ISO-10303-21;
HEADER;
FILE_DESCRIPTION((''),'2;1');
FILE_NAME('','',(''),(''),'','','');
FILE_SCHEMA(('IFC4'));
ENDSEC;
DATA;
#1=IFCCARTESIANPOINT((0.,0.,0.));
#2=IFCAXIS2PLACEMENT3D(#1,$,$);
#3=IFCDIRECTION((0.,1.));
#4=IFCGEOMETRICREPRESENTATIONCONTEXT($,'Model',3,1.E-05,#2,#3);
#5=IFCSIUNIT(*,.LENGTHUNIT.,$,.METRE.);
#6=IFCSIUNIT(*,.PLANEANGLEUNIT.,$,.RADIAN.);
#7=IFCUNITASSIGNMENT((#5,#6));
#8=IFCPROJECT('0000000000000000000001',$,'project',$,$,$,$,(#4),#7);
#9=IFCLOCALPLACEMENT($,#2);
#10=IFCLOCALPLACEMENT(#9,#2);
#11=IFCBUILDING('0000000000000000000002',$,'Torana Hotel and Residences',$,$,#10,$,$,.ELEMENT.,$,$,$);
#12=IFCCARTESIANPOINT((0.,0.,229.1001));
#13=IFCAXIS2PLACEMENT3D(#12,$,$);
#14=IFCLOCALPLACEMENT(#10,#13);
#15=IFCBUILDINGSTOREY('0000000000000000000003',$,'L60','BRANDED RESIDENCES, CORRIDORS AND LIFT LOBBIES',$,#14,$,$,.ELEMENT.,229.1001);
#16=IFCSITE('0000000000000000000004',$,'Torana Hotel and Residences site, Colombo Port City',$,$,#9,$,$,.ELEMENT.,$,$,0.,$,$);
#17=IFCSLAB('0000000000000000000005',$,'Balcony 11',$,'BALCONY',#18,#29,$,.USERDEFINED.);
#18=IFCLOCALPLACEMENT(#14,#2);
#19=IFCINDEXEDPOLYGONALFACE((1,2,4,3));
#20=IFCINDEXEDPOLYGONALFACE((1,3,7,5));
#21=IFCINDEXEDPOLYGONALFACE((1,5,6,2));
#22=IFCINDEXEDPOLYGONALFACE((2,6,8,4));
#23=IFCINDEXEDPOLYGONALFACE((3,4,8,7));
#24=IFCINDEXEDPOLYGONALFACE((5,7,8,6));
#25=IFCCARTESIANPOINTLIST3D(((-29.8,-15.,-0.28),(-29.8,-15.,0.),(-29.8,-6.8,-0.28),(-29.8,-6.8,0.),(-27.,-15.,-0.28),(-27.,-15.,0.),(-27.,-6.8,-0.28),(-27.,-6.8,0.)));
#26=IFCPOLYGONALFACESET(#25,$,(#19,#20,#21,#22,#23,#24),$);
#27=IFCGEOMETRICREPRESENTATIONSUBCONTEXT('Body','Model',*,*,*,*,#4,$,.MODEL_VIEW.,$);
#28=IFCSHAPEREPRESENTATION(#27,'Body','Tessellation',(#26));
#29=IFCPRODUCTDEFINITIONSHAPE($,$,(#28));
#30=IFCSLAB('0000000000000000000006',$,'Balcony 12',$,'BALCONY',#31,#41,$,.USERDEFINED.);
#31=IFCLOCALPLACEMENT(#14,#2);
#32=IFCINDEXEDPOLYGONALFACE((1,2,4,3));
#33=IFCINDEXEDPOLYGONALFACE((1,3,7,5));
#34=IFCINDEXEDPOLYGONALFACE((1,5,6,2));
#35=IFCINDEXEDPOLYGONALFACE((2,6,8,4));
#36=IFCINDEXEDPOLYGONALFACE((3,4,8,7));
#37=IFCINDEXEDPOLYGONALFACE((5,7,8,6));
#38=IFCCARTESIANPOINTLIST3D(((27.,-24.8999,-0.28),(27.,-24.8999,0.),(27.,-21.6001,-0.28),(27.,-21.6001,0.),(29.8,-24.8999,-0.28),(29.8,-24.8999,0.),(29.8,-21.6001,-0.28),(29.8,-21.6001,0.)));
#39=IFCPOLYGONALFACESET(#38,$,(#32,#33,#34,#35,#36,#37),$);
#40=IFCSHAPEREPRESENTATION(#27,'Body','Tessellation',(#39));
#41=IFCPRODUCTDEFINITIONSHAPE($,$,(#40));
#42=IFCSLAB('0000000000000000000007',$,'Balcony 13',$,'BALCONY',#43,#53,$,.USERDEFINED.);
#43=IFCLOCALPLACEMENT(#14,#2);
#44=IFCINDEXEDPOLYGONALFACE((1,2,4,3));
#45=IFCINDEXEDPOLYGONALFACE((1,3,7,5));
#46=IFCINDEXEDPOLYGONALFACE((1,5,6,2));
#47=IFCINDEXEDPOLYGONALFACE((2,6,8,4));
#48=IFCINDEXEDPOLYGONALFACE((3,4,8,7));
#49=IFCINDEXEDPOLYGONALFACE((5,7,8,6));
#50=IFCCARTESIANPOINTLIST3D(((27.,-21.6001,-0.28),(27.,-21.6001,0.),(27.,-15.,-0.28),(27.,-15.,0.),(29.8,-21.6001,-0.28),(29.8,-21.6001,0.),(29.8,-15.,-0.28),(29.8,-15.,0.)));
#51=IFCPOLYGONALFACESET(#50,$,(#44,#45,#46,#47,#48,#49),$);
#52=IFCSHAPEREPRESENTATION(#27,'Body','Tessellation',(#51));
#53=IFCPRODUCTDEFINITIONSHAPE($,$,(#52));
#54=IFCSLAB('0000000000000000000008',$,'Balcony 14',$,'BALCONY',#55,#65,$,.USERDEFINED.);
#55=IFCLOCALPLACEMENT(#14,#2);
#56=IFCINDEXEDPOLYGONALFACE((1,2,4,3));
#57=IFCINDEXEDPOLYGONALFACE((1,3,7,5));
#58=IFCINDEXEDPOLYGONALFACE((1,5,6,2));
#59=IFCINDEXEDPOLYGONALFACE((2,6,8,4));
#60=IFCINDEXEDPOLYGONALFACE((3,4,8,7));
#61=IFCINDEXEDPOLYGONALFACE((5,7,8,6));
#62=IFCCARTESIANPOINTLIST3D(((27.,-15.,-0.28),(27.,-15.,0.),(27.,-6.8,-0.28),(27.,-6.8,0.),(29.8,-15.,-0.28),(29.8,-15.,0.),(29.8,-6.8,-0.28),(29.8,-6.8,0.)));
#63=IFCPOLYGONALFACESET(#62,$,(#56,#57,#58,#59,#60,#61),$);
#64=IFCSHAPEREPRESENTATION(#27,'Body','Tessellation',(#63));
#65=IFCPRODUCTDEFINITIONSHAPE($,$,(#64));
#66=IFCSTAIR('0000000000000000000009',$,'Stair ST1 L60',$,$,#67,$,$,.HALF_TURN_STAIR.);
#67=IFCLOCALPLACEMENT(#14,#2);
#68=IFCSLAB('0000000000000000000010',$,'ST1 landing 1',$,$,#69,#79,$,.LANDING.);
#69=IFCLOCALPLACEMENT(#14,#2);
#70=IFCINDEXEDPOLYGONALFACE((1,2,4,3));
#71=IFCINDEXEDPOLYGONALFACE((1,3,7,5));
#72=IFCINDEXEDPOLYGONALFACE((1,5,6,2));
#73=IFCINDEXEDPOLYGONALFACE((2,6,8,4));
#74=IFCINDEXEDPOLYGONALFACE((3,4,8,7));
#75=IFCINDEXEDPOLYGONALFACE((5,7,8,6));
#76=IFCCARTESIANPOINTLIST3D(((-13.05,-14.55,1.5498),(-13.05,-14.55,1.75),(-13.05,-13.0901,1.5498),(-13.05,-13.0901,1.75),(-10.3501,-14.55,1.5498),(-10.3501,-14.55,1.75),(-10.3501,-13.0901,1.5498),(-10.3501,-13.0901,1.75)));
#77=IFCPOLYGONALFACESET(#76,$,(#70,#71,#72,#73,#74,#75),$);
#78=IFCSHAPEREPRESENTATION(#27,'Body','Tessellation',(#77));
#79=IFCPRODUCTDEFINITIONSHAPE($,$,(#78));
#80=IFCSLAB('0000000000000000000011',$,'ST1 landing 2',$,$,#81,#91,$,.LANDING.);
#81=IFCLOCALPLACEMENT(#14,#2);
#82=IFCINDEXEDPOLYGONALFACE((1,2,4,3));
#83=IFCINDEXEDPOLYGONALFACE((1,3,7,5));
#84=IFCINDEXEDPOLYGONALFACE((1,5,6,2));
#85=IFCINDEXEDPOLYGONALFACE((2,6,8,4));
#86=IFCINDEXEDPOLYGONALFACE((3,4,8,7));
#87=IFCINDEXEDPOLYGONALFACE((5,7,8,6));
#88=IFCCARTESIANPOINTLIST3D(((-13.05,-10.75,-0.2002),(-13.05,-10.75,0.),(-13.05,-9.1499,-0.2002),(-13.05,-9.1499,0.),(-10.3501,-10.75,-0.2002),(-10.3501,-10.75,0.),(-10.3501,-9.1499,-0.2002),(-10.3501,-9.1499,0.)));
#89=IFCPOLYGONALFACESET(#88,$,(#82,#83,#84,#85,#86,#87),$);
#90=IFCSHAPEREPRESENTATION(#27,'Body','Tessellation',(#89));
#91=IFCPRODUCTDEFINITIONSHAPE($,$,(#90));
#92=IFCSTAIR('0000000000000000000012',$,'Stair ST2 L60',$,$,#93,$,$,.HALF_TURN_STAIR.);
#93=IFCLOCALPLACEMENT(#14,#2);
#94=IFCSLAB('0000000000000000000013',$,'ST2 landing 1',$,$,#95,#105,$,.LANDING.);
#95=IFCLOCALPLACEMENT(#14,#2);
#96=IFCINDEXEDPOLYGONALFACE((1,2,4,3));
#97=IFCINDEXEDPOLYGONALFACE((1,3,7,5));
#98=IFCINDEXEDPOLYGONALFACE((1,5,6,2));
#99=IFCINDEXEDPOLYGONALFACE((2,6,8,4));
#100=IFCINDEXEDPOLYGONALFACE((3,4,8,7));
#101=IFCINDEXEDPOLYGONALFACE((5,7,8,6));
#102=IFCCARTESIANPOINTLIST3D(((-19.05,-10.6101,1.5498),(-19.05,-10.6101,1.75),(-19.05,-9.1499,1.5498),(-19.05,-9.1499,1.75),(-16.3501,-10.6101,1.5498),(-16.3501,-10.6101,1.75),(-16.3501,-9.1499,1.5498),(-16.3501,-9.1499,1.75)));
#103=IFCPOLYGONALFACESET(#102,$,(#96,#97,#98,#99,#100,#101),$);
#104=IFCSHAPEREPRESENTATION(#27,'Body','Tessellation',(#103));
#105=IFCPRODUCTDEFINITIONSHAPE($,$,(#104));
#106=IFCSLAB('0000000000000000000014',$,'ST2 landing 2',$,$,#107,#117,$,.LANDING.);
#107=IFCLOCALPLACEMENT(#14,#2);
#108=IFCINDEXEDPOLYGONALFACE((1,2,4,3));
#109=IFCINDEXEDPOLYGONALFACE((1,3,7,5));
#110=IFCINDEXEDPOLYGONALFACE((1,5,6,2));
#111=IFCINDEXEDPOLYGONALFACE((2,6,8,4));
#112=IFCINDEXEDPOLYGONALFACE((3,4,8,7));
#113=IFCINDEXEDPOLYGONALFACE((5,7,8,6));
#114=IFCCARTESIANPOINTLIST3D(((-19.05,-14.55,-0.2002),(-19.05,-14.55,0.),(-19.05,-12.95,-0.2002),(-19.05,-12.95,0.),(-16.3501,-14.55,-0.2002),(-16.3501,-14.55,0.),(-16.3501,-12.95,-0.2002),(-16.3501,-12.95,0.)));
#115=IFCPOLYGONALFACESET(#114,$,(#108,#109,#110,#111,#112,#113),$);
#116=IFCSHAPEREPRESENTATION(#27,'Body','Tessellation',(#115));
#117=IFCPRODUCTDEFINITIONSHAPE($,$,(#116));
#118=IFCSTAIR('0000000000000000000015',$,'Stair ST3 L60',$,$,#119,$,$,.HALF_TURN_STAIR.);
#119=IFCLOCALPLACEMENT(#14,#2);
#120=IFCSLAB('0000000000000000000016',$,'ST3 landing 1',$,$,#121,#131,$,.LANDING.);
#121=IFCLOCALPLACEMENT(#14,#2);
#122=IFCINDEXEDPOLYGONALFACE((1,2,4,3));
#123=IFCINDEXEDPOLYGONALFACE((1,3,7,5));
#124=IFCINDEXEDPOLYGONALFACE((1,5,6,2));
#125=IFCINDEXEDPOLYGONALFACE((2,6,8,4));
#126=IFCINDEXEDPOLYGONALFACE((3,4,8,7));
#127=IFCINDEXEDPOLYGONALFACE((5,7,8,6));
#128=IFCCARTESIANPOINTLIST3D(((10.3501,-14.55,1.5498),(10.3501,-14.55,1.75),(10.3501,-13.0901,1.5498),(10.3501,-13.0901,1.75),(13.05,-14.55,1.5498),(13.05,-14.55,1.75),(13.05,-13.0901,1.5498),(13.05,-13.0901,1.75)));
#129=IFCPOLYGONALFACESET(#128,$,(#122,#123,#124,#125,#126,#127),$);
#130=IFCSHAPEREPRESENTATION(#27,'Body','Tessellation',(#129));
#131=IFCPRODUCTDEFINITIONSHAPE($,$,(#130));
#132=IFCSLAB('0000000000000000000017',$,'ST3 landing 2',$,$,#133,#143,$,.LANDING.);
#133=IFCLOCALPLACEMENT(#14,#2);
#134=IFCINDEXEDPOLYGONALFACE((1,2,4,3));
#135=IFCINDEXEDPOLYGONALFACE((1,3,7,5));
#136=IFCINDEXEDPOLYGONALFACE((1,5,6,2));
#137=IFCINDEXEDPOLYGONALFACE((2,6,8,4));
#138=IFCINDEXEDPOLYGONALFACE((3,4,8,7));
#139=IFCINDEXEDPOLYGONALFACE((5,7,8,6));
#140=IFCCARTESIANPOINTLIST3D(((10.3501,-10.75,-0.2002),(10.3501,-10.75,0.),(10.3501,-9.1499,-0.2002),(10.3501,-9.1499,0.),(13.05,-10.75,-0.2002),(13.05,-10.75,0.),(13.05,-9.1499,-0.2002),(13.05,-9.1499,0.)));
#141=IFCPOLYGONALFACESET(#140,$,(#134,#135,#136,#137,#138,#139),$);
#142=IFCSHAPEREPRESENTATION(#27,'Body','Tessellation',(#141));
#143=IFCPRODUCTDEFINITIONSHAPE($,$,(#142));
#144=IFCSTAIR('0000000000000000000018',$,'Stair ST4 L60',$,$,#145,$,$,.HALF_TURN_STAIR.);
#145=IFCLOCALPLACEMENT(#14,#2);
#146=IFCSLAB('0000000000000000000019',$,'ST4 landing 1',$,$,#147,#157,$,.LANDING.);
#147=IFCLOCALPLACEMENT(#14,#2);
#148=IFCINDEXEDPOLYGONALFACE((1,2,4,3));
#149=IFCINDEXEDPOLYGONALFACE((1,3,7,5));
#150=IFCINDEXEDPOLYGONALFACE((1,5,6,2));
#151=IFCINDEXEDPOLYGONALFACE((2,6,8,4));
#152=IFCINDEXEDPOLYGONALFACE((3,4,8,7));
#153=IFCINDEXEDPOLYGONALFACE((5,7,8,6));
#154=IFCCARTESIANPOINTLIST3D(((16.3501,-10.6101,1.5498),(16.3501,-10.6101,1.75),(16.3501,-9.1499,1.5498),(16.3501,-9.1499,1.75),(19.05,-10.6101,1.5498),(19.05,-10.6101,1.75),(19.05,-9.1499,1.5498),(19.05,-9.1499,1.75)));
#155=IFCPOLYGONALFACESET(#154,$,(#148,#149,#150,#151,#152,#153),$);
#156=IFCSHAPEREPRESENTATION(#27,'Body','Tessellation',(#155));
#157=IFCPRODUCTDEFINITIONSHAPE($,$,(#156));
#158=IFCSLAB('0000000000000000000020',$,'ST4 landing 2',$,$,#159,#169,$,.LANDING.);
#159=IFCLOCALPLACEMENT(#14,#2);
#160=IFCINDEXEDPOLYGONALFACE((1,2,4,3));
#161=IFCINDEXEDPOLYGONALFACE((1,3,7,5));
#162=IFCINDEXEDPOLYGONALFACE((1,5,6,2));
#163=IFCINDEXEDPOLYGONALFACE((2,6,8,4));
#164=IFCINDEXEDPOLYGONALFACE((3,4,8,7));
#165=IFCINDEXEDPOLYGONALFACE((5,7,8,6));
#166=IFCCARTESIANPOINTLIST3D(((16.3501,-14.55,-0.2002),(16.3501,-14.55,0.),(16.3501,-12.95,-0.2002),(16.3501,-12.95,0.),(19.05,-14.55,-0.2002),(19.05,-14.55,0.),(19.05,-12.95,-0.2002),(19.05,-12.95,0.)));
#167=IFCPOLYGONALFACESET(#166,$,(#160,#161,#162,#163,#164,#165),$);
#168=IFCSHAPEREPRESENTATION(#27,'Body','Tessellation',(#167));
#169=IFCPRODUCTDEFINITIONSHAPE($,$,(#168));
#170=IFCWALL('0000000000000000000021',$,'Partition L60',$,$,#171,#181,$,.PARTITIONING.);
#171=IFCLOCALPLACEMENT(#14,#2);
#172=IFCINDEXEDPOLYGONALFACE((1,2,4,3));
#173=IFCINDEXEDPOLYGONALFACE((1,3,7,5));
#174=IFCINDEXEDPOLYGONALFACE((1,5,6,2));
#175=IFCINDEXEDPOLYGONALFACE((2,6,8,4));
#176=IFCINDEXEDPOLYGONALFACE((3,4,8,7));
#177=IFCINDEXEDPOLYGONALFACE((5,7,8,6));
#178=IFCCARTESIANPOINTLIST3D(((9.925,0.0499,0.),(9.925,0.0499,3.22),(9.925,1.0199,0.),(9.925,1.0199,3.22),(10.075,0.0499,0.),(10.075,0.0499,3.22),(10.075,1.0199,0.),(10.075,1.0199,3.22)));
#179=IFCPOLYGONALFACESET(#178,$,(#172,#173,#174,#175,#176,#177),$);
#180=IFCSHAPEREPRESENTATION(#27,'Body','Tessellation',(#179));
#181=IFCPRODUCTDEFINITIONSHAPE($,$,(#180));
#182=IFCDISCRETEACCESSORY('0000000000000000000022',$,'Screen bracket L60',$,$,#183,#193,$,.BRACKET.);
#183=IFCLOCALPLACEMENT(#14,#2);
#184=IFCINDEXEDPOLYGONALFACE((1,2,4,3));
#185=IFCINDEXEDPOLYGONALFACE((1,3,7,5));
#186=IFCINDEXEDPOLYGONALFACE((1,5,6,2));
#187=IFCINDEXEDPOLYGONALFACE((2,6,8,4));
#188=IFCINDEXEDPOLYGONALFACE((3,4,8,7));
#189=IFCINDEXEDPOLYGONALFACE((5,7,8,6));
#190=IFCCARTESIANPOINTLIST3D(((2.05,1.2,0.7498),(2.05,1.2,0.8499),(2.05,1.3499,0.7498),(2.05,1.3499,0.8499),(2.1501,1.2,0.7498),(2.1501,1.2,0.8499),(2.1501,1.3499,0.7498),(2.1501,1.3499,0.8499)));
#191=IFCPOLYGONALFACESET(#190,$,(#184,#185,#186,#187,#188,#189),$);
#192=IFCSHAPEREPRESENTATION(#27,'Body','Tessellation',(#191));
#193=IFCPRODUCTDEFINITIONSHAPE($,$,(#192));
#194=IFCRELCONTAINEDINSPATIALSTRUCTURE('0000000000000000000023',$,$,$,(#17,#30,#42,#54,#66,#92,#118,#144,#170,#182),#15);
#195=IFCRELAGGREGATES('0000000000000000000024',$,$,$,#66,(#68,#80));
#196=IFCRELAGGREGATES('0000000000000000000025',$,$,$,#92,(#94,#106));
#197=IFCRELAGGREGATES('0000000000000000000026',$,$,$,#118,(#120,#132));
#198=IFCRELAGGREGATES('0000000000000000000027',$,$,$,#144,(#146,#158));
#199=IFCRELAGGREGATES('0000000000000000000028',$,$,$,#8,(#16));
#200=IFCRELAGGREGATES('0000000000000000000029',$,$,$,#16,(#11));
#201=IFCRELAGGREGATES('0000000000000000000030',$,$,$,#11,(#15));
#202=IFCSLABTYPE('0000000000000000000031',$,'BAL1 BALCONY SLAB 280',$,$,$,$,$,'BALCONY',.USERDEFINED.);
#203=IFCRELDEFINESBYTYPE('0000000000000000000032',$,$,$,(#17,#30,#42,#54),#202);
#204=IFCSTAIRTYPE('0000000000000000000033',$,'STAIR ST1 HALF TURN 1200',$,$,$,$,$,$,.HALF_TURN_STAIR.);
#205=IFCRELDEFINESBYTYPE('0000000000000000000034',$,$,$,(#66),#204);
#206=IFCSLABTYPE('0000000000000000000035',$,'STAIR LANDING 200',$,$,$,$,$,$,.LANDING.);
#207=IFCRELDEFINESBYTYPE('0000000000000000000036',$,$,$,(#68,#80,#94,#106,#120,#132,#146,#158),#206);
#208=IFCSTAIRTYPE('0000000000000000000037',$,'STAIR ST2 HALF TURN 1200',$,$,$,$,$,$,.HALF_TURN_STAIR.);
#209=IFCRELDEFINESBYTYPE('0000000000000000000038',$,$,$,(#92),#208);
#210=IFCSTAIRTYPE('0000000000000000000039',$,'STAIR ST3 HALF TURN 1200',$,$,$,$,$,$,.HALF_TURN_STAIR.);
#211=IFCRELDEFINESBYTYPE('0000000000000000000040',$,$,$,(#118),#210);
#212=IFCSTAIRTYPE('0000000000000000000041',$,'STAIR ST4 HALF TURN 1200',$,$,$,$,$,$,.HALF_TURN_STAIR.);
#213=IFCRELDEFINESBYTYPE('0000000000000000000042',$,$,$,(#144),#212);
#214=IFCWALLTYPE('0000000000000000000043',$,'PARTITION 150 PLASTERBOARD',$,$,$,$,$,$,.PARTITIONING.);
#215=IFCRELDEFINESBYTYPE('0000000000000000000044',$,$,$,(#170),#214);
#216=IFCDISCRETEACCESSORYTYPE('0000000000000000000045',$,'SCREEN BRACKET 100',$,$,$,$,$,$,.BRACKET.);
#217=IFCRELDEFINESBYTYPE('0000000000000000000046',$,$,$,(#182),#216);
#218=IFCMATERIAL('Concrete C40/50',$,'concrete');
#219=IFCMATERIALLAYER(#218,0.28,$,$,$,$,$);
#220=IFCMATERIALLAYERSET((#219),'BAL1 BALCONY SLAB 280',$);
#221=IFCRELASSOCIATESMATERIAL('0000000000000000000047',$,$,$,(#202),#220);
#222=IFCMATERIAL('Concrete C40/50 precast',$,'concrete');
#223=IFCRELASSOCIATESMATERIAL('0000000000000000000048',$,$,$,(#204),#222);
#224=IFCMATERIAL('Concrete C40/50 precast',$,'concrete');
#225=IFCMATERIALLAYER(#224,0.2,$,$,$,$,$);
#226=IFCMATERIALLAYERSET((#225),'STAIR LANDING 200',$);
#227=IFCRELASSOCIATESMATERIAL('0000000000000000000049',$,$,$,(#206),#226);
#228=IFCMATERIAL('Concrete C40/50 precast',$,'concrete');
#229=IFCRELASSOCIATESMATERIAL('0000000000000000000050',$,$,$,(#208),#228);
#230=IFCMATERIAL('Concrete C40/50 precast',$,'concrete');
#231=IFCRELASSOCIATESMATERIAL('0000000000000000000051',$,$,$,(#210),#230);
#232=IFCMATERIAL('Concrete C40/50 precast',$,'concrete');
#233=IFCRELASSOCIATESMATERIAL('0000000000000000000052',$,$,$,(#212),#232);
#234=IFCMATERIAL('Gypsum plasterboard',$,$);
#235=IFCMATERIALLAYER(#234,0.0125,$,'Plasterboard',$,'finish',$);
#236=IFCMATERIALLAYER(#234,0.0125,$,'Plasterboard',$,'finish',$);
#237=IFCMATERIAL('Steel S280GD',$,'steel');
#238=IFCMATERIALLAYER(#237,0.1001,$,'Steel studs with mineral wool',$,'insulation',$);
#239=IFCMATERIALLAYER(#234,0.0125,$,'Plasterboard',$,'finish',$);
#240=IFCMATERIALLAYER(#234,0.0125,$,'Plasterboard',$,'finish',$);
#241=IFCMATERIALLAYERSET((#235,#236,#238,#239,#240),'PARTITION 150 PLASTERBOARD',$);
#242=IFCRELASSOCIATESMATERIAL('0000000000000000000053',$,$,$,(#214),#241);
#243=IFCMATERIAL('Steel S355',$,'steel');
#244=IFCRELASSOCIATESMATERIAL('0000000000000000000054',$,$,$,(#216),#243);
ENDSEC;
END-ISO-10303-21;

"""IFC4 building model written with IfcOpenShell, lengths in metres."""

from ifc_helpers import new_model, si_unit, direction, frame, frame_2d, origin, origin_2d, place, context, subcontext, project, spatial, polyline, rectangle, outline, extrude, material, layer, layer_set, type_object, element, aggregate, save


model = new_model("IFC4")

# Units and contexts
model_context = context("Model", 3, precision=1e-05, world=origin(), true_north=direction((0.0, 1.0)))
body_context = subcontext(model_context, "Body", "Model", "MODEL_VIEW")
ifc_project = project(units=[si_unit("LENGTHUNIT", "METRE"), si_unit("PLANEANGLEUNIT", "RADIAN")], contexts=[model_context])

# Site, building, storey
site_placement = place(None, origin())
site = spatial("IfcSite", under=ifc_project, at=site_placement, Name="Torana Hotel and Residences site, Colombo Port City", CompositionType="ELEMENT", RefElevation=0.0)
building_placement = place(site_placement, origin())
building = spatial("IfcBuilding", under=site, at=building_placement, Name="Torana Hotel and Residences", CompositionType="ELEMENT")
storey_placement = place(building_placement, frame((0.0, 0.0, 229.1001)))
storey = spatial("IfcBuildingStorey", under=building, at=storey_placement, Name="L60", Description="BRANDED RESIDENCES, CORRIDORS AND LIFT LOBBIES", CompositionType="ELEMENT", Elevation=229.1001)

# Slabs
ifc_material_1 = material(Name="Concrete C40/50", Category="concrete")
ifc_layer_1 = layer(ifc_material_1, 0.28)
ifc_layer_set_1 = layer_set([ifc_layer_1], Name="BAL1 BALCONY SLAB 280")
slab_type_1 = type_object("IfcSlabType", Name="BAL1 BALCONY SLAB 280", ElementType="BALCONY", PredefinedType="USERDEFINED", material=ifc_layer_set_1)
slab_1_placement = place(storey_placement, frame((0.0, 0.0, -0.28)))
element("IfcSlab", 1, at=slab_1_placement, inside=storey, type_object=slab_type_1, Name="Balcony 11", ObjectType="BALCONY", PredefinedType="USERDEFINED", context=body_context, shape_type="SweptSolid", body=[
    extrude(outline(polyline([(-29.8, -15.0), (-27.0, -15.0), (-27.0, -6.8), (-29.8, -6.8), (-29.8, -15.0)])), origin(), (0.0, 0.0, 1.0), 0.28),
])
slab_2_placement = place(storey_placement, frame((0.0, 0.0, -0.28)))
element("IfcSlab", 2, at=slab_2_placement, inside=storey, type_object=slab_type_1, Name="Balcony 12", ObjectType="BALCONY", PredefinedType="USERDEFINED", context=body_context, shape_type="SweptSolid", body=[
    extrude(outline(polyline([(27.0, -24.8999), (29.8, -24.8999), (29.8, -21.6001), (27.0, -21.6001), (27.0, -24.8999)])), origin(), (0.0, 0.0, 1.0), 0.28),
])
slab_3_placement = place(storey_placement, frame((0.0, 0.0, -0.28)))
element("IfcSlab", 3, at=slab_3_placement, inside=storey, type_object=slab_type_1, Name="Balcony 13", ObjectType="BALCONY", PredefinedType="USERDEFINED", context=body_context, shape_type="SweptSolid", body=[
    extrude(outline(polyline([(27.0, -21.6001), (29.8, -21.6001), (29.8, -15.0), (27.0, -15.0), (27.0, -21.6001)])), origin(), (0.0, 0.0, 1.0), 0.28),
])
slab_4_placement = place(storey_placement, frame((0.0, 0.0, -0.28)))
element("IfcSlab", 4, at=slab_4_placement, inside=storey, type_object=slab_type_1, Name="Balcony 14", ObjectType="BALCONY", PredefinedType="USERDEFINED", context=body_context, shape_type="SweptSolid", body=[
    extrude(outline(polyline([(27.0, -15.0), (29.8, -15.0), (29.8, -6.8), (27.0, -6.8), (27.0, -15.0)])), origin(), (0.0, 0.0, 1.0), 0.28),
])

# Stairs, slabs
ifc_material_2 = material(Name="Concrete C40/50 precast", Category="concrete")
stair_type_1 = type_object("IfcStairType", Name="STAIR ST1 HALF TURN 1200", PredefinedType="HALF_TURN_STAIR", material=ifc_material_2)
stair_1_placement = place(storey_placement, origin())
stair_1 = element("IfcStair", 5, at=stair_1_placement, inside=storey, type_object=stair_type_1, Name="Stair ST1 L60", PredefinedType="HALF_TURN_STAIR")
ifc_material_3 = material(Name="Concrete C40/50 precast", Category="concrete")
ifc_layer_2 = layer(ifc_material_3, 0.2)
ifc_layer_set_2 = layer_set([ifc_layer_2], Name="STAIR LANDING 200")
slab_type_2 = type_object("IfcSlabType", Name="STAIR LANDING 200", PredefinedType="LANDING", material=ifc_layer_set_2)
slab_5_placement = place(storey_placement, frame((0.0, 0.0, 1.5498)))
slab_5 = element("IfcSlab", 6, at=slab_5_placement, type_object=slab_type_2, Name="ST1 landing 1", PredefinedType="LANDING", context=body_context, shape_type="SweptSolid", body=[
    extrude(outline(polyline([(-13.05, -14.55), (-10.3501, -14.55), (-10.3501, -13.0901), (-13.05, -13.0901), (-13.05, -14.55)])), origin(), (0.0, 0.0, 1.0), 0.2002),
])
slab_6_placement = place(storey_placement, frame((0.0, 0.0, -0.2002)))
slab_6 = element("IfcSlab", 7, at=slab_6_placement, type_object=slab_type_2, Name="ST1 landing 2", PredefinedType="LANDING", context=body_context, shape_type="SweptSolid", body=[
    extrude(outline(polyline([(-13.05, -10.75), (-10.3501, -10.75), (-10.3501, -9.1499), (-13.05, -9.1499), (-13.05, -10.75)])), origin(), (0.0, 0.0, 1.0), 0.2002),
])
aggregate(stair_1, [slab_5, slab_6])
ifc_material_4 = material(Name="Concrete C40/50 precast", Category="concrete")
stair_type_2 = type_object("IfcStairType", Name="STAIR ST2 HALF TURN 1200", PredefinedType="HALF_TURN_STAIR", material=ifc_material_4)
stair_2_placement = place(storey_placement, origin())
stair_2 = element("IfcStair", 8, at=stair_2_placement, inside=storey, type_object=stair_type_2, Name="Stair ST2 L60", PredefinedType="HALF_TURN_STAIR")
slab_7_placement = place(storey_placement, frame((0.0, 0.0, 1.5498)))
slab_7 = element("IfcSlab", 9, at=slab_7_placement, type_object=slab_type_2, Name="ST2 landing 1", PredefinedType="LANDING", context=body_context, shape_type="SweptSolid", body=[
    extrude(outline(polyline([(-19.05, -10.6101), (-16.3501, -10.6101), (-16.3501, -9.1499), (-19.05, -9.1499), (-19.05, -10.6101)])), origin(), (0.0, 0.0, 1.0), 0.2002),
])
slab_8_placement = place(storey_placement, frame((0.0, 0.0, -0.2002)))
slab_8 = element("IfcSlab", 10, at=slab_8_placement, type_object=slab_type_2, Name="ST2 landing 2", PredefinedType="LANDING", context=body_context, shape_type="SweptSolid", body=[
    extrude(outline(polyline([(-19.05, -14.55), (-16.3501, -14.55), (-16.3501, -12.95), (-19.05, -12.95), (-19.05, -14.55)])), origin(), (0.0, 0.0, 1.0), 0.2002),
])
aggregate(stair_2, [slab_7, slab_8])
ifc_material_5 = material(Name="Concrete C40/50 precast", Category="concrete")
stair_type_3 = type_object("IfcStairType", Name="STAIR ST3 HALF TURN 1200", PredefinedType="HALF_TURN_STAIR", material=ifc_material_5)
stair_3_placement = place(storey_placement, origin())
stair_3 = element("IfcStair", 11, at=stair_3_placement, inside=storey, type_object=stair_type_3, Name="Stair ST3 L60", PredefinedType="HALF_TURN_STAIR")
slab_9_placement = place(storey_placement, frame((0.0, 0.0, 1.5498)))
slab_9 = element("IfcSlab", 12, at=slab_9_placement, type_object=slab_type_2, Name="ST3 landing 1", PredefinedType="LANDING", context=body_context, shape_type="SweptSolid", body=[
    extrude(outline(polyline([(10.3501, -14.55), (13.05, -14.55), (13.05, -13.0901), (10.3501, -13.0901), (10.3501, -14.55)])), origin(), (0.0, 0.0, 1.0), 0.2002),
])
slab_10_placement = place(storey_placement, frame((0.0, 0.0, -0.2002)))
slab_10 = element("IfcSlab", 13, at=slab_10_placement, type_object=slab_type_2, Name="ST3 landing 2", PredefinedType="LANDING", context=body_context, shape_type="SweptSolid", body=[
    extrude(outline(polyline([(10.3501, -10.75), (13.05, -10.75), (13.05, -9.1499), (10.3501, -9.1499), (10.3501, -10.75)])), origin(), (0.0, 0.0, 1.0), 0.2002),
])
aggregate(stair_3, [slab_9, slab_10])
ifc_material_6 = material(Name="Concrete C40/50 precast", Category="concrete")
stair_type_4 = type_object("IfcStairType", Name="STAIR ST4 HALF TURN 1200", PredefinedType="HALF_TURN_STAIR", material=ifc_material_6)
stair_4_placement = place(storey_placement, origin())
stair_4 = element("IfcStair", 14, at=stair_4_placement, inside=storey, type_object=stair_type_4, Name="Stair ST4 L60", PredefinedType="HALF_TURN_STAIR")
slab_11_placement = place(storey_placement, frame((0.0, 0.0, 1.5498)))
slab_11 = element("IfcSlab", 15, at=slab_11_placement, type_object=slab_type_2, Name="ST4 landing 1", PredefinedType="LANDING", context=body_context, shape_type="SweptSolid", body=[
    extrude(outline(polyline([(16.3501, -10.6101), (19.05, -10.6101), (19.05, -9.1499), (16.3501, -9.1499), (16.3501, -10.6101)])), origin(), (0.0, 0.0, 1.0), 0.2002),
])
slab_12_placement = place(storey_placement, frame((0.0, 0.0, -0.2002)))
slab_12 = element("IfcSlab", 16, at=slab_12_placement, type_object=slab_type_2, Name="ST4 landing 2", PredefinedType="LANDING", context=body_context, shape_type="SweptSolid", body=[
    extrude(outline(polyline([(16.3501, -14.55), (19.05, -14.55), (19.05, -12.95), (16.3501, -12.95), (16.3501, -14.55)])), origin(), (0.0, 0.0, 1.0), 0.2002),
])
aggregate(stair_4, [slab_11, slab_12])

# Wall
ifc_material_7 = material(Name="Gypsum plasterboard")
ifc_layer_3 = layer(ifc_material_7, 0.0125, Name="Plasterboard", Category="finish")
ifc_layer_4 = layer(ifc_material_7, 0.0125, Name="Plasterboard", Category="finish")
ifc_material_8 = material(Name="Steel S280GD", Category="steel")
ifc_layer_5 = layer(ifc_material_8, 0.1001, Name="Steel studs with mineral wool", Category="insulation")
ifc_layer_6 = layer(ifc_material_7, 0.0125, Name="Plasterboard", Category="finish")
ifc_layer_7 = layer(ifc_material_7, 0.0125, Name="Plasterboard", Category="finish")
ifc_layer_set_3 = layer_set([ifc_layer_3, ifc_layer_4, ifc_layer_5, ifc_layer_6, ifc_layer_7], Name="PARTITION 150 PLASTERBOARD")
wall_type = type_object("IfcWallType", Name="PARTITION 150 PLASTERBOARD", PredefinedType="PARTITIONING", material=ifc_layer_set_3)
wall_placement = place(storey_placement, frame((10.0, 0.05, 0.0), z_axis=(0.0, 0.0, 1.0), x_axis=(0.0, 1.0, 0.0)))
element("IfcWall", 17, at=wall_placement, inside=storey, type_object=wall_type, Name="Partition L60", PredefinedType="PARTITIONING", context=body_context, shape_type="SweptSolid", body=[
    extrude(rectangle(XDim=0.97, YDim=0.1499, at=frame_2d((0.4849, 0.0))), origin(), (0.0, 0.0, 1.0), 3.22),
])

# Discrete accessory
ifc_material_9 = material(Name="Steel S355", Category="steel")
discrete_accessory_type = type_object("IfcDiscreteAccessoryType", Name="SCREEN BRACKET 100", PredefinedType="BRACKET", material=ifc_material_9)
for number, where, z_axis, x_axis, name in (
    (18, (2.1001, 1.2749, 0.7498), (0.0, 0.0, 1.0), (-1.0, 0.0, 0.0), "Screen bracket L60"),
):
    element("IfcDiscreteAccessory", number, at=place(storey_placement, frame(where, z_axis=z_axis, x_axis=x_axis)), inside=storey, type_object=discrete_accessory_type, Name=name, PredefinedType="BRACKET", context=body_context, shape_type="SweptSolid", body=[
        extrude(rectangle(XDim=0.1001, YDim=0.1499, at=origin_2d()), origin(), (0.0, 0.0, 1.0), 0.1001),
    ])

save(model, "model.ifc")
